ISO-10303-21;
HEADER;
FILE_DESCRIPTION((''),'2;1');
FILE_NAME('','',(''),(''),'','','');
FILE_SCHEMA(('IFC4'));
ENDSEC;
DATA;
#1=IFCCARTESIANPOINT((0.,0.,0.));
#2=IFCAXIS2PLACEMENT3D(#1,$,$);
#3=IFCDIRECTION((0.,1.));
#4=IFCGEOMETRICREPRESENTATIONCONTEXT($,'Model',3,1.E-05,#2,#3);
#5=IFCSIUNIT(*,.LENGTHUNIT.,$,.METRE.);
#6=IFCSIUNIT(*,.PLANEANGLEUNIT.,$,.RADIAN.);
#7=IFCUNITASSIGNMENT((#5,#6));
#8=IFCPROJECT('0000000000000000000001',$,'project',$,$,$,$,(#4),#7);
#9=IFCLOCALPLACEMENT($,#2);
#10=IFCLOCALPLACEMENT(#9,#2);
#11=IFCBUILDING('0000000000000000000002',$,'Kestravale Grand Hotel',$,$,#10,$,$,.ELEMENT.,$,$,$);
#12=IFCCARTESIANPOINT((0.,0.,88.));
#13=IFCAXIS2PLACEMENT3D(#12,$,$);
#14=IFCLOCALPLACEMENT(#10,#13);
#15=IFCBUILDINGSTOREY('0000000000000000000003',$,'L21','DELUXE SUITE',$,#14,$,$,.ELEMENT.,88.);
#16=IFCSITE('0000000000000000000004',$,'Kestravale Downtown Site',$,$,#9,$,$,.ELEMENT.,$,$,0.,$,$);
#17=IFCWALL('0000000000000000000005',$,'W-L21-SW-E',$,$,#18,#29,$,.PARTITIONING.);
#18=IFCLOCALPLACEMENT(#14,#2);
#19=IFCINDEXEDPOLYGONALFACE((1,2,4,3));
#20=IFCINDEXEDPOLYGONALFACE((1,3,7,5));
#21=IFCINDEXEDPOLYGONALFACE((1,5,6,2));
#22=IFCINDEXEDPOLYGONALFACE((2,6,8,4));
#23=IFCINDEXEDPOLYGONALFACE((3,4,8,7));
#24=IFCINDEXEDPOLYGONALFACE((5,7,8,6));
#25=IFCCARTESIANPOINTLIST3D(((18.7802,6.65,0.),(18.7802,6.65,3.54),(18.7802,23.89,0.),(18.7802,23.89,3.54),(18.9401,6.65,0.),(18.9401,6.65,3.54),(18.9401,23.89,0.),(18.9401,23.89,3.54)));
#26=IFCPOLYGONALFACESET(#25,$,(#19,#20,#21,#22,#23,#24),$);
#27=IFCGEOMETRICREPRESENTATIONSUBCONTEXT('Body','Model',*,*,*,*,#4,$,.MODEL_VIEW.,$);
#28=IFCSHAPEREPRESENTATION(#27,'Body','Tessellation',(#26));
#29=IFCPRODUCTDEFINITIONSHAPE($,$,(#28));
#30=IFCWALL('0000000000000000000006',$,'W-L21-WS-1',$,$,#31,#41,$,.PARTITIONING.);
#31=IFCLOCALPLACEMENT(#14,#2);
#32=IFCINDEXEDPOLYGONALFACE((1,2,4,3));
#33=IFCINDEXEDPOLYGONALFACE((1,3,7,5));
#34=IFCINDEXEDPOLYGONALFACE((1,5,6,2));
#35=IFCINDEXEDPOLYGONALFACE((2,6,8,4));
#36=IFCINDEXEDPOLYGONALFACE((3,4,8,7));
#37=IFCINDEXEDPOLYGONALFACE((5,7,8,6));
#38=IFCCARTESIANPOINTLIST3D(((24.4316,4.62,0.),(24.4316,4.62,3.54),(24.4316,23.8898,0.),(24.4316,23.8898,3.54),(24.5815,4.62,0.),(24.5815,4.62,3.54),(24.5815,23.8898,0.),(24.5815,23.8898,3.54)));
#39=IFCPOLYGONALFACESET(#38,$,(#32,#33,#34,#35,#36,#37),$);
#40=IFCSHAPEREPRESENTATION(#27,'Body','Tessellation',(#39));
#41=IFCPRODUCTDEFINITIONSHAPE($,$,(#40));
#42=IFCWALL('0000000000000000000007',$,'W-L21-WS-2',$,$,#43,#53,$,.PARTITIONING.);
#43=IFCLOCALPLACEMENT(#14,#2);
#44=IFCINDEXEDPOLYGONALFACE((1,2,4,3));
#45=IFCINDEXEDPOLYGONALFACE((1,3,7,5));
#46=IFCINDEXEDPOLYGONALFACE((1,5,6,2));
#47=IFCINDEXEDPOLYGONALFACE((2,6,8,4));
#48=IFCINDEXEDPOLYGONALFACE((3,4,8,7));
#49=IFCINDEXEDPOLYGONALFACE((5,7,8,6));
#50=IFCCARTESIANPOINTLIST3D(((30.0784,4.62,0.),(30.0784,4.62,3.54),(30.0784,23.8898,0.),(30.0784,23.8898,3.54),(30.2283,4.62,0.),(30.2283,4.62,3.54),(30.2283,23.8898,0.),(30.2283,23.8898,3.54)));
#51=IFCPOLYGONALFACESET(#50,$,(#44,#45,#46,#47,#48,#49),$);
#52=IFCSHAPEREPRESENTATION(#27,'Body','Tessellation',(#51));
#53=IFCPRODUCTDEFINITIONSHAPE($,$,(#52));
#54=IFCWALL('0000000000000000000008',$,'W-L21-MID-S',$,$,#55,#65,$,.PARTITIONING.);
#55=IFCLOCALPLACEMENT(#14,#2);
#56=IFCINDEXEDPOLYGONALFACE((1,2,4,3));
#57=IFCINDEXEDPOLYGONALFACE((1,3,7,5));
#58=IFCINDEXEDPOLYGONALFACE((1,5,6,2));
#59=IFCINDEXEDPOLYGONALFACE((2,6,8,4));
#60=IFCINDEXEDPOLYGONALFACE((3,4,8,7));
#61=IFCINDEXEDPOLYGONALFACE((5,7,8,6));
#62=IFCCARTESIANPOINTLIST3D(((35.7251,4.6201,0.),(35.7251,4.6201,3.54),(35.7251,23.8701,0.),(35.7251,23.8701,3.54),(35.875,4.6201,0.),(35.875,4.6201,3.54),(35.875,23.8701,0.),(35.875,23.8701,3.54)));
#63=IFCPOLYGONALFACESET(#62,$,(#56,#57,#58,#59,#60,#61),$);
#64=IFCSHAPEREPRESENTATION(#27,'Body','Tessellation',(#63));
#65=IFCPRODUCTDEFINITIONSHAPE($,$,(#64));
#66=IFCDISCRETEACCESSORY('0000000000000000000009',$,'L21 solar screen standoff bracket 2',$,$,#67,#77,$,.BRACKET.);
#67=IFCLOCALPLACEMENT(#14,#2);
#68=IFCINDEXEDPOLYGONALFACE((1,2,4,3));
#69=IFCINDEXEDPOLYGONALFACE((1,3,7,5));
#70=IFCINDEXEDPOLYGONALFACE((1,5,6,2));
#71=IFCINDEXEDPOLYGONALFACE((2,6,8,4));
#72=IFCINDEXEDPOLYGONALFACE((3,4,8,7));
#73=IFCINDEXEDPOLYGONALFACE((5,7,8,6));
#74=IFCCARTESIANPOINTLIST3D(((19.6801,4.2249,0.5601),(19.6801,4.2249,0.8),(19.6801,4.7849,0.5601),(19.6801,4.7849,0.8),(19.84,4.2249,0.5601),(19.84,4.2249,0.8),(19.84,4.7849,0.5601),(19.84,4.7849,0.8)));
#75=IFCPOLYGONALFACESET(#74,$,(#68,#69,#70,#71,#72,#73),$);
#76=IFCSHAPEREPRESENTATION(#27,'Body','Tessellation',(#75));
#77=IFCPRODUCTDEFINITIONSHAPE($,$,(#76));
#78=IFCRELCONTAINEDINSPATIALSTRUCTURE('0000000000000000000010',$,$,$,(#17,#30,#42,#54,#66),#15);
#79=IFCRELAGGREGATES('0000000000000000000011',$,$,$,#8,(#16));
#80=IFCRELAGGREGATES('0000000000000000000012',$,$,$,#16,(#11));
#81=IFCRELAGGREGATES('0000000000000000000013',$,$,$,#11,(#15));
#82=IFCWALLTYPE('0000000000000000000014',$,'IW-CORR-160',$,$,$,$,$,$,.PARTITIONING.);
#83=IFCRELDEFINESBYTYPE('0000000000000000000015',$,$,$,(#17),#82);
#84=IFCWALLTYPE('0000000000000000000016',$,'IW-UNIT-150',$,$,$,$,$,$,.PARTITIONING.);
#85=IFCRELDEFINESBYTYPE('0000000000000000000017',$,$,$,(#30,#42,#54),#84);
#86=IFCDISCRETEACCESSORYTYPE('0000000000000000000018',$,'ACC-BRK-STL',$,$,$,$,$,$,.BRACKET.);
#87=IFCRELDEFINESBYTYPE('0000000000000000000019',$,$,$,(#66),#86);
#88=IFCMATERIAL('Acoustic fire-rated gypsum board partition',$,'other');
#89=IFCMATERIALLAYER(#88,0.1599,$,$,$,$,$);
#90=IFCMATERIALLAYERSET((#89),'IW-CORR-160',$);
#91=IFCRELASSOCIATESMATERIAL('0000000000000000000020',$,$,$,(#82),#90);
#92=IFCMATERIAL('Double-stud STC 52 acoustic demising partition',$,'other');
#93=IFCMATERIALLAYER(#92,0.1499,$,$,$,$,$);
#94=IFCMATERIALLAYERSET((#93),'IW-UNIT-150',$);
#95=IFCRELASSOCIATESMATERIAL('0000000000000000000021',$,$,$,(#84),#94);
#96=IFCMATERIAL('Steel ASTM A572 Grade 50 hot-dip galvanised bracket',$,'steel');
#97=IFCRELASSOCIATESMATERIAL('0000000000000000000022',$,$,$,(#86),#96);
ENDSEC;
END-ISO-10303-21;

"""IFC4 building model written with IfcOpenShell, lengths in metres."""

from ifc_helpers import new_model, si_unit, direction, frame, frame_2d, origin, origin_2d, place, context, subcontext, project, spatial, rectangle, extrude, material, layer, layer_set, type_object, element, save


model = new_model("IFC4")

# Units and contexts
model_context = context("Model", 3, precision=1e-05, world=origin(), true_north=direction((0.0, 1.0)))
body_context = subcontext(model_context, "Body", "Model", "MODEL_VIEW")
ifc_project = project(units=[si_unit("LENGTHUNIT", "METRE"), si_unit("PLANEANGLEUNIT", "RADIAN")], contexts=[model_context])

# Site, building, storey
site_placement = place(None, origin())
site = spatial("IfcSite", under=ifc_project, at=site_placement, Name="Kestravale Downtown Site", CompositionType="ELEMENT", RefElevation=0.0)
building_placement = place(site_placement, origin())
building = spatial("IfcBuilding", under=site, at=building_placement, Name="Kestravale Grand Hotel", CompositionType="ELEMENT")
storey_placement = place(building_placement, frame((0.0, 0.0, 88.0)))
storey = spatial("IfcBuildingStorey", under=building, at=storey_placement, Name="L21", Description="DELUXE SUITE", CompositionType="ELEMENT", Elevation=88.0)

# Walls
ifc_material_1 = material(Name="Acoustic fire-rated gypsum board partition", Category="other")
ifc_layer_1 = layer(ifc_material_1, 0.1599)
ifc_layer_set_1 = layer_set([ifc_layer_1], Name="IW-CORR-160")
wall_type_1 = type_object("IfcWallType", Name="IW-CORR-160", PredefinedType="PARTITIONING", material=ifc_layer_set_1)
wall_1_placement = place(storey_placement, frame((18.8601, 6.6499, 0.0), z_axis=(0.0, 0.0, 1.0), x_axis=(0.0, 1.0, 0.0)))
element("IfcWall", 1, at=wall_1_placement, inside=storey, type_object=wall_type_1, Name="W-L21-SW-E", PredefinedType="PARTITIONING", context=body_context, shape_type="SweptSolid", body=[
    extrude(rectangle(XDim=17.24, YDim=0.1599, at=frame_2d((8.6201, 0.0))), origin(), (0.0, 0.0, 1.0), 3.54),
])
ifc_material_2 = material(Name="Double-stud STC 52 acoustic demising partition", Category="other")
ifc_layer_2 = layer(ifc_material_2, 0.1499)
ifc_layer_set_2 = layer_set([ifc_layer_2], Name="IW-UNIT-150")
wall_type_2 = type_object("IfcWallType", Name="IW-UNIT-150", PredefinedType="PARTITIONING", material=ifc_layer_set_2)
for number, where, z_axis, x_axis, name in (
    (2, (24.5066, 4.6201, 0.0), (0.0, 0.0, 1.0), (0.0, 1.0, 0.0), "W-L21-WS-1"),
    (3, (30.1533, 4.6201, 0.0), (0.0, 0.0, 1.0), (0.0, 1.0, 0.0), "W-L21-WS-2"),
):
    element("IfcWall", number, at=place(storey_placement, frame(where, z_axis=z_axis, x_axis=x_axis)), inside=storey, type_object=wall_type_2, Name=name, PredefinedType="PARTITIONING", context=body_context, shape_type="SweptSolid", body=[
        extrude(rectangle(XDim=19.2698, YDim=0.1499, at=frame_2d((9.6348, 0.0))), origin(), (0.0, 0.0, 1.0), 3.54),
    ])
wall_2_placement = place(storey_placement, frame((35.8, 4.6201, 0.0), z_axis=(0.0, 0.0, 1.0), x_axis=(0.0, 1.0, 0.0)))
element("IfcWall", 4, at=wall_2_placement, inside=storey, type_object=wall_type_2, Name="W-L21-MID-S", PredefinedType="PARTITIONING", context=body_context, shape_type="SweptSolid", body=[
    extrude(rectangle(XDim=19.25, YDim=0.1499, at=frame_2d((9.625, 0.0))), origin(), (0.0, 0.0, 1.0), 3.54),
])

# Discrete accessory
ifc_material_3 = material(Name="Steel ASTM A572 Grade 50 hot-dip galvanised bracket", Category="steel")
discrete_accessory_type = type_object("IfcDiscreteAccessoryType", Name="ACC-BRK-STL", PredefinedType="BRACKET", material=ifc_material_3)
discrete_accessory_placement = place(storey_placement, frame((19.76, 4.5049, 0.5601), z_axis=(0.0, 0.0, 1.0), x_axis=(1.0, 0.0, 0.0)))
element("IfcDiscreteAccessory", 5, at=discrete_accessory_placement, inside=storey, type_object=discrete_accessory_type, Name="L21 solar screen standoff bracket 2", PredefinedType="BRACKET", context=body_context, shape_type="SweptSolid", body=[
    extrude(rectangle(XDim=0.1599, YDim=0.5601, at=origin_2d()), origin(), (0.0, 0.0, 1.0), 0.24),
])

save(model, "model.ifc")
